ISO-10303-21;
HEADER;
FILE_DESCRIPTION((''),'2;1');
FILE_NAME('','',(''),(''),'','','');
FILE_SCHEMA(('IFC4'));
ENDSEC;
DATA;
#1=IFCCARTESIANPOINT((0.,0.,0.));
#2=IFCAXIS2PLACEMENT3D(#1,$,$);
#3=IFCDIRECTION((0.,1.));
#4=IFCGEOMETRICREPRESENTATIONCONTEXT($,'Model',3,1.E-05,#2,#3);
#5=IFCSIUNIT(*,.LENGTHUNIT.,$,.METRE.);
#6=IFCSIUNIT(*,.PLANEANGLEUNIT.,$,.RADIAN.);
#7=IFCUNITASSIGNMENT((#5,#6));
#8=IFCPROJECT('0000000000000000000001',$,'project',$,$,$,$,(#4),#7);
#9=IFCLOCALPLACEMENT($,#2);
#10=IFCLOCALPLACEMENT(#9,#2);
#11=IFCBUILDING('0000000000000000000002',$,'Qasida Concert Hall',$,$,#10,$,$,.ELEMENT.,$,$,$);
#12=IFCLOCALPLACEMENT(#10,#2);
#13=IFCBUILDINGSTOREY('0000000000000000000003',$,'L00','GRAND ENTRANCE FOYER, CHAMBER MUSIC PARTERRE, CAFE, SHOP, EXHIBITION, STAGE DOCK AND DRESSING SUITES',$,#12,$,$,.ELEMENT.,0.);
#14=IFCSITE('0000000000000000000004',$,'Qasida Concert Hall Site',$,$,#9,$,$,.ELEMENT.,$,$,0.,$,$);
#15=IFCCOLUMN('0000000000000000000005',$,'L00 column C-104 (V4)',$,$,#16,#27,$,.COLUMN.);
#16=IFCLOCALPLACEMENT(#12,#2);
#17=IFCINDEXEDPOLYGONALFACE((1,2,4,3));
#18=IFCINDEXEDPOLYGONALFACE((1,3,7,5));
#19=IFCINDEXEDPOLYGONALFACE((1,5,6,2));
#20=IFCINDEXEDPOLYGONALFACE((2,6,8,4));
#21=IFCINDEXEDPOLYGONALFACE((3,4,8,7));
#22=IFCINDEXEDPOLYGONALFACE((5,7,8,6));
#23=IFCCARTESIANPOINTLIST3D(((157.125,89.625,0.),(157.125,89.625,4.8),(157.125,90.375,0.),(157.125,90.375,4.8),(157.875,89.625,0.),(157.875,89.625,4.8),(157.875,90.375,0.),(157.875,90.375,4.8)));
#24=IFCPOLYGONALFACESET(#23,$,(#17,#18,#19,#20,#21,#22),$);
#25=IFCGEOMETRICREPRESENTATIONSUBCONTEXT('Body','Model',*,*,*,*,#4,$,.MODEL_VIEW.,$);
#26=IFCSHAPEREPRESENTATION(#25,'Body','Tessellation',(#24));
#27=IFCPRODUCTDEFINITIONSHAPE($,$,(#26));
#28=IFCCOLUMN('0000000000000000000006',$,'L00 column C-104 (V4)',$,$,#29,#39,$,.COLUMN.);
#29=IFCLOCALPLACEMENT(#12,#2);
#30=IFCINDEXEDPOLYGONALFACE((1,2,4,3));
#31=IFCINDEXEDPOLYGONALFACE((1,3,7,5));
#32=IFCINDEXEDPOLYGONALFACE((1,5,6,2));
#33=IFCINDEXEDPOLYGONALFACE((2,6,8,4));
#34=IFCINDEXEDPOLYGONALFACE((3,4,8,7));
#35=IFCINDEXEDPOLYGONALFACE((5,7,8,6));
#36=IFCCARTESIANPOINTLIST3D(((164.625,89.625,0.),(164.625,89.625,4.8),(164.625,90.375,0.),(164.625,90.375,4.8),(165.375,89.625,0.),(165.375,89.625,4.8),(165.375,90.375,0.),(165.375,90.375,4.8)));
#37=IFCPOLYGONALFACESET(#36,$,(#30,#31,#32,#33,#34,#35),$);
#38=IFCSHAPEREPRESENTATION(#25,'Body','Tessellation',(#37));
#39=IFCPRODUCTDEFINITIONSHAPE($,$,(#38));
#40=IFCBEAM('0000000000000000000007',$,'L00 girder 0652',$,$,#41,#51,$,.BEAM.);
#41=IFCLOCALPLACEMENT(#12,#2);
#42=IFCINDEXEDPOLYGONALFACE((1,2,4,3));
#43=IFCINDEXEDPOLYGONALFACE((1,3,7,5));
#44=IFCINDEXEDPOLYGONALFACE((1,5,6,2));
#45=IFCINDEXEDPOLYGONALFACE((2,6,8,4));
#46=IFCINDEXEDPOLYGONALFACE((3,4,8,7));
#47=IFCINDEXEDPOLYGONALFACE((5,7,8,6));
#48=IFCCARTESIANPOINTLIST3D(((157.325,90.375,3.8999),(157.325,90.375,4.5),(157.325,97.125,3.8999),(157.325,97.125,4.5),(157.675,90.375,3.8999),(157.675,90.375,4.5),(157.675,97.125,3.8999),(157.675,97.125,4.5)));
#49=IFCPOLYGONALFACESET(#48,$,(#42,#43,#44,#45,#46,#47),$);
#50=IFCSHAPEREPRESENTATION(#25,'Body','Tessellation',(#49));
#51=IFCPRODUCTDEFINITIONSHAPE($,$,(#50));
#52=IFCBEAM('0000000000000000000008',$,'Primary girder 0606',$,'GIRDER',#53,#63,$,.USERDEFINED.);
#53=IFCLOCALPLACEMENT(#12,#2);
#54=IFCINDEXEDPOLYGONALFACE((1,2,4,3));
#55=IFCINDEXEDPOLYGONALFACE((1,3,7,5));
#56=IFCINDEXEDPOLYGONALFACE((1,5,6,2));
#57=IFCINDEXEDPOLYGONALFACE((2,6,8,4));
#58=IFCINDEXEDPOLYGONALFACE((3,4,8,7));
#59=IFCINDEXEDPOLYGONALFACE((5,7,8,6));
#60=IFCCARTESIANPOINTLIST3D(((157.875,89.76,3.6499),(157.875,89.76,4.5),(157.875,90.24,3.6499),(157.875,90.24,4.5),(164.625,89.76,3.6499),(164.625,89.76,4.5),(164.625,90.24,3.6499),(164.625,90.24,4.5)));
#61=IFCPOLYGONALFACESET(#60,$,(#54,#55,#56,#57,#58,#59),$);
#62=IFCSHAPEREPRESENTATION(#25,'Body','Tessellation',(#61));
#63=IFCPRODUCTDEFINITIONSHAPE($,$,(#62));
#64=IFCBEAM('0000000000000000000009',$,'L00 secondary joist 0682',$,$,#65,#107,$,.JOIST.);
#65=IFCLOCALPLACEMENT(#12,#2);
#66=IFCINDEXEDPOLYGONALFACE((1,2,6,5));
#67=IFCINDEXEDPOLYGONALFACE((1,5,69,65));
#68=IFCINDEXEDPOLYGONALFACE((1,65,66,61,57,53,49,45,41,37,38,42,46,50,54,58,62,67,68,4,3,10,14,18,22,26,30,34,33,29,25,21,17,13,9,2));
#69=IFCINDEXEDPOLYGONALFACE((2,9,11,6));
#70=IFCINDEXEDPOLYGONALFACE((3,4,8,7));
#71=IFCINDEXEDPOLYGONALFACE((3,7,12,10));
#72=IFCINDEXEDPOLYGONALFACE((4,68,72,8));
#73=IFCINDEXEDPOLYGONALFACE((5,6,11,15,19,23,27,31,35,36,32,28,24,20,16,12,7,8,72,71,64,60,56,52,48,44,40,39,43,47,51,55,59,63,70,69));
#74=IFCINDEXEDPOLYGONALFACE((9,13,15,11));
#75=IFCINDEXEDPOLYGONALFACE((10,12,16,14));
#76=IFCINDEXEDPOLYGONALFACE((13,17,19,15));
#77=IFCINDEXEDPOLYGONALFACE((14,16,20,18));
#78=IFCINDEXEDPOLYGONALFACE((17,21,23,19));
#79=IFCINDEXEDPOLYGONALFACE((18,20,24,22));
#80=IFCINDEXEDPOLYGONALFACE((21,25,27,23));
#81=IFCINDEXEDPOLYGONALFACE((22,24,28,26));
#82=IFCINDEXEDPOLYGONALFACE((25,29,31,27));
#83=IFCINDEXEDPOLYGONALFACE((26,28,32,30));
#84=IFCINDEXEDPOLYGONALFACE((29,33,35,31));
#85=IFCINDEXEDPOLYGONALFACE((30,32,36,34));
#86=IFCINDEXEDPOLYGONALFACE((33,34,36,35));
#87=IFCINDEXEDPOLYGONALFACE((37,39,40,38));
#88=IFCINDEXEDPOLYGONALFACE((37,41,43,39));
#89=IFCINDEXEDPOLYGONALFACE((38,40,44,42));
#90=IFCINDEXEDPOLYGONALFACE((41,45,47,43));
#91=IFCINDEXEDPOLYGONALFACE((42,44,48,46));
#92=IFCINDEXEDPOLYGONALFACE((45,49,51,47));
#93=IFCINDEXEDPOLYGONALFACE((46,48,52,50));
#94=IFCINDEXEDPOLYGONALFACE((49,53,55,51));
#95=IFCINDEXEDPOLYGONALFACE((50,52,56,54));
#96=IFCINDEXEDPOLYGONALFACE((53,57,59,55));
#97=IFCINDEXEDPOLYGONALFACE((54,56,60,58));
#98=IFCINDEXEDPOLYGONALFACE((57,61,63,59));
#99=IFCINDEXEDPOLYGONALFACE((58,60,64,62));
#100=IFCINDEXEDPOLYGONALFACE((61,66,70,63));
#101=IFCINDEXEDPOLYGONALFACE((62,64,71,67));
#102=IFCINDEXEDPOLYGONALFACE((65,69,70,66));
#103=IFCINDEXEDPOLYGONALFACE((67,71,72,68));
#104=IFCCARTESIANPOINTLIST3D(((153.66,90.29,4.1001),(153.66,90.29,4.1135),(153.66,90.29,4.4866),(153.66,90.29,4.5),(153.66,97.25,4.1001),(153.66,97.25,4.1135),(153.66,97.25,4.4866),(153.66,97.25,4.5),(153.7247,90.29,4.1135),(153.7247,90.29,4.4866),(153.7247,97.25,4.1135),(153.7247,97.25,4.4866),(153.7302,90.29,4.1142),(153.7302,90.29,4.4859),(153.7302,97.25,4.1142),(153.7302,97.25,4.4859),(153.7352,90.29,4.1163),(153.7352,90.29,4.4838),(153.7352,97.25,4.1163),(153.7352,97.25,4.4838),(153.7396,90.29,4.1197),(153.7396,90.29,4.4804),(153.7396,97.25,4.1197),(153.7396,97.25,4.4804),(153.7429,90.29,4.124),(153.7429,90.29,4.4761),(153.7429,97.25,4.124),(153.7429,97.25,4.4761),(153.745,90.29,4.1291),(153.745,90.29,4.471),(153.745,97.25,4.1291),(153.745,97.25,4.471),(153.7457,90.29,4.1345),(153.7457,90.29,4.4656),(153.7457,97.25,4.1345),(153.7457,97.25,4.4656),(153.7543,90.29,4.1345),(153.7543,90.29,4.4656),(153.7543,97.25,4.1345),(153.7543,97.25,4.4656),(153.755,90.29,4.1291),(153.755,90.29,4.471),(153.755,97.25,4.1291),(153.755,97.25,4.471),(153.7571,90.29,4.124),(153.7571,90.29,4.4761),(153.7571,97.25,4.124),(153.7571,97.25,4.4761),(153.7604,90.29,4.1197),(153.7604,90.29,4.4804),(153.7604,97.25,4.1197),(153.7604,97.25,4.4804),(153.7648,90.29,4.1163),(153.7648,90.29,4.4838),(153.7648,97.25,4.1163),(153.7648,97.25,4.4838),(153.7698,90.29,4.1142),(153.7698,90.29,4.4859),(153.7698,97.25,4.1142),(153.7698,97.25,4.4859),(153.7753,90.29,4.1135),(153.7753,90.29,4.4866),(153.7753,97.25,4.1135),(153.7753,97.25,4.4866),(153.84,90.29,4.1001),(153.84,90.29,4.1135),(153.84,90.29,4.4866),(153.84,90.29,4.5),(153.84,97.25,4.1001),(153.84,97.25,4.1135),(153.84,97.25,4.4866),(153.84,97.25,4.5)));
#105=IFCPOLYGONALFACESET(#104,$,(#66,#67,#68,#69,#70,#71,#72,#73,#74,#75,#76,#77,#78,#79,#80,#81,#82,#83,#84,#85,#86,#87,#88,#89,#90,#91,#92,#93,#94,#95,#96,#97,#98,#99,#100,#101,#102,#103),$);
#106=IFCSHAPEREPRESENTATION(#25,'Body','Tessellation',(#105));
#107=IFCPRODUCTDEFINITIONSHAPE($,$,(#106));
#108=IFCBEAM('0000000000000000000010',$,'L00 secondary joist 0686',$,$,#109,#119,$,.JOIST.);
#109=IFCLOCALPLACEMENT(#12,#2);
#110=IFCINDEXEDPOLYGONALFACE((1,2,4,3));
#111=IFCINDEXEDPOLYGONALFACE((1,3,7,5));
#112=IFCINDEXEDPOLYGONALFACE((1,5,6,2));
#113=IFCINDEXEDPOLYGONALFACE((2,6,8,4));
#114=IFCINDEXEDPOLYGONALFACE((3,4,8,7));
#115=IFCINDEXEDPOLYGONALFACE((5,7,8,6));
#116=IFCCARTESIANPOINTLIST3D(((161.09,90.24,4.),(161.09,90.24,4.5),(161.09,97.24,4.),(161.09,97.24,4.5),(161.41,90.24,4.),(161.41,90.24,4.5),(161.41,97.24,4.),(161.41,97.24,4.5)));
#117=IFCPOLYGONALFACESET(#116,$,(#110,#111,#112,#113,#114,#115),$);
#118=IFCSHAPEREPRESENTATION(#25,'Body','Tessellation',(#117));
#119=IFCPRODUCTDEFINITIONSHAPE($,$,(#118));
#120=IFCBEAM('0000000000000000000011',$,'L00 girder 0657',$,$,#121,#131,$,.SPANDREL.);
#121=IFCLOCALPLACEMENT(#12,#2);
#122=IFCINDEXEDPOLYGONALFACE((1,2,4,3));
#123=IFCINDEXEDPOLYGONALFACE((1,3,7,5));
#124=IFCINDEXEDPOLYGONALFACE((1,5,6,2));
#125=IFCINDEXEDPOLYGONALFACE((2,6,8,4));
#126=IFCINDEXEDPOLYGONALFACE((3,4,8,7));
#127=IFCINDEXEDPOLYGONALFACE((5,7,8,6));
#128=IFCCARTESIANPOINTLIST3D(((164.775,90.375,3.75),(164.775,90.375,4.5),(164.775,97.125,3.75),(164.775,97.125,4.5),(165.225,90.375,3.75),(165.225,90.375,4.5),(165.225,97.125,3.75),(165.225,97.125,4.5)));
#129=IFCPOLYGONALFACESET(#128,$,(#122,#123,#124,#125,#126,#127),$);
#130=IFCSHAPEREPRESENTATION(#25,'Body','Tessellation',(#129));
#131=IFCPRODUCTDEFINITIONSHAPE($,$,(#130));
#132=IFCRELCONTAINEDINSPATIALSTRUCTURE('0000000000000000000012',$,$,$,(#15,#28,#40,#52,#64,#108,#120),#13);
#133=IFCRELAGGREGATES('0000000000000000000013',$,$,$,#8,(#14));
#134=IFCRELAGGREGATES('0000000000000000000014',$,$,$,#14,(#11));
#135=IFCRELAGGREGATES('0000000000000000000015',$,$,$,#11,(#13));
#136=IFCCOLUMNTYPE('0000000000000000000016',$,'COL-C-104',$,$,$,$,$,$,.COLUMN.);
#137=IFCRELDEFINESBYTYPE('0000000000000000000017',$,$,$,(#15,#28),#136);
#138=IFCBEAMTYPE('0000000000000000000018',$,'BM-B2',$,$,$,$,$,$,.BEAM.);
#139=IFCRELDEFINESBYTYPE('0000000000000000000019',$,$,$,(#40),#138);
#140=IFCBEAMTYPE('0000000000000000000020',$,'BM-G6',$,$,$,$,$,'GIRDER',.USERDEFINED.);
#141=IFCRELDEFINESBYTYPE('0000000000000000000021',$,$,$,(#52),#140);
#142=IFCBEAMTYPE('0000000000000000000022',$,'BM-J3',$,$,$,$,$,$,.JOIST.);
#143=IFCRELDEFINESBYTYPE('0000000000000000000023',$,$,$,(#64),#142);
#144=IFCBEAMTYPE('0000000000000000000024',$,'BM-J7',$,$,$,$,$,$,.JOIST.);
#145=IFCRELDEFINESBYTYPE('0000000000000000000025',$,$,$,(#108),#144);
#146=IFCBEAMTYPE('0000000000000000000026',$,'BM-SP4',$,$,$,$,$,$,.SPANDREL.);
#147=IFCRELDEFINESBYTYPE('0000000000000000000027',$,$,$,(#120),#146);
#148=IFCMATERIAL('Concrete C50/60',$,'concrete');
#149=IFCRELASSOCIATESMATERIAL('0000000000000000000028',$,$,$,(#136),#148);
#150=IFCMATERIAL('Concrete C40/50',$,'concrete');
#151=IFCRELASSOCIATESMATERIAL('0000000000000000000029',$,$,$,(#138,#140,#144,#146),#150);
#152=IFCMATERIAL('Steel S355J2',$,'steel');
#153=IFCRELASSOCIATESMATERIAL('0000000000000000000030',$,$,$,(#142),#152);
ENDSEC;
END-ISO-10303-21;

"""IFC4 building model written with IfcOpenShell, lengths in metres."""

from ifc_helpers import new_model, si_unit, direction, frame, origin, origin_2d, place, context, subcontext, project, spatial, rectangle, i_section, extrude, material, material_profile, profile_set, type_object, element, save


model = new_model("IFC4")

# Units and contexts
model_context = context("Model", 3, precision=1e-05, world=origin(), true_north=direction((0.0, 1.0)))
body_context = subcontext(model_context, "Body", "Model", "MODEL_VIEW")
ifc_project = project(units=[si_unit("LENGTHUNIT", "METRE"), si_unit("PLANEANGLEUNIT", "RADIAN")], contexts=[model_context])

# Site, building, storey
site_placement = place(None, origin())
site = spatial("IfcSite", under=ifc_project, at=site_placement, Name="Qasida Concert Hall Site", CompositionType="ELEMENT", RefElevation=0.0)
building_placement = place(site_placement, origin())
building = spatial("IfcBuilding", under=site, at=building_placement, Name="Qasida Concert Hall", CompositionType="ELEMENT")
storey_placement = place(building_placement, origin())
storey = spatial("IfcBuildingStorey", under=building, at=storey_placement, Name="L00", Description="GRAND ENTRANCE FOYER, CHAMBER MUSIC PARTERRE, CAFE, SHOP, EXHIBITION, STAGE DOCK AND DRESSING SUITES", CompositionType="ELEMENT", Elevation=0.0)

# Columns
ifc_material_1 = material(Name="Concrete C50/60", Category="concrete")
ifc_material_profile_1 = material_profile(ifc_material_1, rectangle(XDim=0.75, YDim=0.75, at=origin_2d()), Name="RC 750x750")
ifc_profile_set_1 = profile_set([ifc_material_profile_1], Name="Concrete C50/60")
column_type = type_object("IfcColumnType", Name="COL-C-104", PredefinedType="COLUMN", material=ifc_profile_set_1)
for number, where, z_axis, x_axis, name in (
    (1, (157.5, 90.0, 0.0), (0.0, 0.0, 1.0), (1.0, 0.0, 0.0), "L00 column C-104 (V4)"),
    (2, (165.0, 90.0, 0.0), (0.0, 0.0, 1.0), (1.0, 0.0, 0.0), "L00 column C-104 (V4)"),
):
    element("IfcColumn", number, at=place(storey_placement, frame(where, z_axis=z_axis, x_axis=x_axis)), inside=storey, type_object=column_type, Name=name, PredefinedType="COLUMN", context=body_context, shape_type="SweptSolid", body=[
        extrude(rectangle(XDim=0.75, YDim=0.75, at=origin_2d()), origin(), (0.0, 0.0, 1.0), 4.8),
    ])

# Beams
ifc_material_2 = material(Name="Concrete C40/50", Category="concrete")
ifc_material_profile_2 = material_profile(ifc_material_2, rectangle(XDim=0.3501, YDim=0.6001, at=origin_2d()), Name="RC 350x600")
ifc_profile_set_2 = profile_set([ifc_material_profile_2], Name="Concrete C40/50")
beam_type_1 = type_object("IfcBeamType", Name="BM-B2", PredefinedType="BEAM", material=ifc_profile_set_2)
beam_1_placement = place(storey_placement, frame((157.5, 90.375, 4.2), z_axis=(0.0, 1.0, 0.0), x_axis=(-1.0, 0.0, 0.0)))
element("IfcBeam", 3, at=beam_1_placement, inside=storey, type_object=beam_type_1, Name="L00 girder 0652", PredefinedType="BEAM", context=body_context, shape_type="SweptSolid", body=[
    extrude(rectangle(XDim=0.3501, YDim=0.6001, at=origin_2d()), origin(), (0.0, 0.0, 1.0), 6.75),
])
ifc_material_profile_3 = material_profile(ifc_material_2, rectangle(XDim=0.48, YDim=0.8501, at=origin_2d()), Name="RC 480x850")
ifc_profile_set_3 = profile_set([ifc_material_profile_3], Name="Concrete C40/50")
beam_type_2 = type_object("IfcBeamType", Name="BM-G6", ElementType="GIRDER", PredefinedType="USERDEFINED", material=ifc_profile_set_3)
beam_2_placement = place(storey_placement, frame((157.875, 90.0, 4.075), z_axis=(1.0, 0.0, 0.0), x_axis=(0.0, 1.0, 0.0)))
element("IfcBeam", 4, at=beam_2_placement, inside=storey, type_object=beam_type_2, Name="Primary girder 0606", ObjectType="GIRDER", PredefinedType="USERDEFINED", context=body_context, shape_type="SweptSolid", body=[
    extrude(rectangle(XDim=0.48, YDim=0.8501, at=origin_2d()), origin(), (0.0, 0.0, 1.0), 6.75),
])
ifc_material_3 = material(Name="Steel S355J2", Category="steel")
ifc_material_profile_4 = material_profile(ifc_material_3, i_section(OverallWidth=0.1799, OverallDepth=0.3999, WebThickness=0.0085, FlangeThickness=0.0134, FilletRadius=0.021, at=origin_2d()), Name="IPE 400")
ifc_profile_set_4 = profile_set([ifc_material_profile_4], Name="Steel S355J2")
beam_type_3 = type_object("IfcBeamType", Name="BM-J3", PredefinedType="JOIST", material=ifc_profile_set_4)
beam_3_placement = place(storey_placement, frame((153.75, 90.29, 4.3), z_axis=(0.0, 1.0, 0.0), x_axis=(-1.0, 0.0, 0.0)))
element("IfcBeam", 5, at=beam_3_placement, inside=storey, type_object=beam_type_3, Name="L00 secondary joist 0682", PredefinedType="JOIST", context=body_context, shape_type="SweptSolid", body=[
    extrude(i_section(OverallWidth=0.1799, OverallDepth=0.3999, WebThickness=0.0085, FlangeThickness=0.0134, FilletRadius=0.021, at=origin_2d()), origin(), (0.0, 0.0, 1.0), 6.96),
])
ifc_material_profile_5 = material_profile(ifc_material_2, rectangle(XDim=0.3201, YDim=0.5, at=origin_2d()), Name="RC 320x500")
ifc_profile_set_5 = profile_set([ifc_material_profile_5], Name="Concrete C40/50")
beam_type_4 = type_object("IfcBeamType", Name="BM-J7", PredefinedType="JOIST", material=ifc_profile_set_5)
beam_4_placement = place(storey_placement, frame((161.25, 90.24, 4.25), z_axis=(0.0, 1.0, 0.0), x_axis=(-1.0, 0.0, 0.0)))
element("IfcBeam", 6, at=beam_4_placement, inside=storey, type_object=beam_type_4, Name="L00 secondary joist 0686", PredefinedType="JOIST", context=body_context, shape_type="SweptSolid", body=[
    extrude(rectangle(XDim=0.3201, YDim=0.5, at=origin_2d()), origin(), (0.0, 0.0, 1.0), 7.0),
])
ifc_material_profile_6 = material_profile(ifc_material_2, rectangle(XDim=0.45, YDim=0.75, at=origin_2d()), Name="RC 450x750")
ifc_profile_set_6 = profile_set([ifc_material_profile_6], Name="Concrete C40/50")
beam_type_5 = type_object("IfcBeamType", Name="BM-SP4", PredefinedType="SPANDREL", material=ifc_profile_set_6)
beam_5_placement = place(storey_placement, frame((165.0, 90.375, 4.125), z_axis=(0.0, 1.0, 0.0), x_axis=(-1.0, 0.0, 0.0)))
element("IfcBeam", 7, at=beam_5_placement, inside=storey, type_object=beam_type_5, Name="L00 girder 0657", PredefinedType="SPANDREL", context=body_context, shape_type="SweptSolid", body=[
    extrude(rectangle(XDim=0.45, YDim=0.75, at=origin_2d()), origin(), (0.0, 0.0, 1.0), 6.75),
])

save(model, "model.ifc")
